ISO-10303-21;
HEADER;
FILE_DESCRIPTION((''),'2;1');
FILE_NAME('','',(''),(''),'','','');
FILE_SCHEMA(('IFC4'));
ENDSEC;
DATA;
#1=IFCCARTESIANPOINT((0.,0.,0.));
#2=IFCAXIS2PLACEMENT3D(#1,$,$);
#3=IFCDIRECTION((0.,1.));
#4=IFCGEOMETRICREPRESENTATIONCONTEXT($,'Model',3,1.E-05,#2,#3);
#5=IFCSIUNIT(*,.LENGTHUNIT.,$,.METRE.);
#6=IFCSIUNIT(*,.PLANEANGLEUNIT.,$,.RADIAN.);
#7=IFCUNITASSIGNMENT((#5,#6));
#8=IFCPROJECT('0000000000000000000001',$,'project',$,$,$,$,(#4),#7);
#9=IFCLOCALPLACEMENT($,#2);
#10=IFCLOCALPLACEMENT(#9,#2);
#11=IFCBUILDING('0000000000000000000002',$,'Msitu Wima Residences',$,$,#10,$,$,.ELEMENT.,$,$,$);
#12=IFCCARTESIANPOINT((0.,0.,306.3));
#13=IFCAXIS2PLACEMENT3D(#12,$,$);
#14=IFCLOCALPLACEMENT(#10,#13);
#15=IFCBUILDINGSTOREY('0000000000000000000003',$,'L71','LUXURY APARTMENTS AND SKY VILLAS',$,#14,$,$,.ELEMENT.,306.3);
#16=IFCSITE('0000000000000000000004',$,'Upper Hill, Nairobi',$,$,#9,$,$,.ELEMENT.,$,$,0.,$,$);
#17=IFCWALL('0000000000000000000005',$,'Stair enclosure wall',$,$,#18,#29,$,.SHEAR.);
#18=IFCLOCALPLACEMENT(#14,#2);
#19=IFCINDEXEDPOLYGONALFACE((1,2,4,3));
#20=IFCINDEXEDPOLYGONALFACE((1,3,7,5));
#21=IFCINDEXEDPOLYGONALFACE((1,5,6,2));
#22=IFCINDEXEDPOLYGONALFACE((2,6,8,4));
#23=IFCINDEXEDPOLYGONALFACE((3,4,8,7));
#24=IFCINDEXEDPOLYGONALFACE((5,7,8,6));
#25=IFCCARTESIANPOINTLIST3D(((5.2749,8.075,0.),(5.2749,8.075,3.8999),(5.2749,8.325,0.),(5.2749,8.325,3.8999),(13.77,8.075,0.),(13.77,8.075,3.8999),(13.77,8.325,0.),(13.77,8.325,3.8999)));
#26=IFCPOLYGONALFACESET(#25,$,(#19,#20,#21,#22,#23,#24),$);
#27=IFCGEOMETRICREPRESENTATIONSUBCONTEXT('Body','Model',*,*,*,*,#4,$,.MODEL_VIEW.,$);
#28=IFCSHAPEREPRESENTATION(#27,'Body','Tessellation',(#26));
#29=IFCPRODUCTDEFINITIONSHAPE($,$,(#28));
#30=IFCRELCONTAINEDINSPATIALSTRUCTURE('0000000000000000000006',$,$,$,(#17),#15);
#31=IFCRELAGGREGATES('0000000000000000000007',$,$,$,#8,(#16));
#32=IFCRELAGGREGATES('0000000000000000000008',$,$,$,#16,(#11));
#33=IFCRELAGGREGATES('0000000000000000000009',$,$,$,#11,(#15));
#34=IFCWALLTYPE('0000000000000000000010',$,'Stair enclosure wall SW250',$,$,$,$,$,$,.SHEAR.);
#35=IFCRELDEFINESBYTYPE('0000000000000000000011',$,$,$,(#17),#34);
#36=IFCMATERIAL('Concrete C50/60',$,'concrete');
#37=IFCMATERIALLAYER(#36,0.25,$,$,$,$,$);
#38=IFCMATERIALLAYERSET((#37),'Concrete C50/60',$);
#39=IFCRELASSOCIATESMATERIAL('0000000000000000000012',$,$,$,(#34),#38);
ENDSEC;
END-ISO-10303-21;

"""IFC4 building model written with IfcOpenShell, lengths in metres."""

from ifc_helpers import new_model, si_unit, direction, frame, frame_2d, origin, place, context, subcontext, project, spatial, rectangle, extrude, material, layer, layer_set, type_object, element, save


model = new_model("IFC4")

# Units and contexts
model_context = context("Model", 3, precision=1e-05, world=origin(), true_north=direction((0.0, 1.0)))
body_context = subcontext(model_context, "Body", "Model", "MODEL_VIEW")
ifc_project = project(units=[si_unit("LENGTHUNIT", "METRE"), si_unit("PLANEANGLEUNIT", "RADIAN")], contexts=[model_context])

# Site, building, storey
site_placement = place(None, origin())
site = spatial("IfcSite", under=ifc_project, at=site_placement, Name="Upper Hill, Nairobi", CompositionType="ELEMENT", RefElevation=0.0)
building_placement = place(site_placement, origin())
building = spatial("IfcBuilding", under=site, at=building_placement, Name="Msitu Wima Residences", CompositionType="ELEMENT")
storey_placement = place(building_placement, frame((0.0, 0.0, 306.3)))
storey = spatial("IfcBuildingStorey", under=building, at=storey_placement, Name="L71", Description="LUXURY APARTMENTS AND SKY VILLAS", CompositionType="ELEMENT", Elevation=306.3)

# Wall
ifc_material_1 = material(Name="Concrete C50/60", Category="concrete")
ifc_layer_1 = layer(ifc_material_1, 0.25)
ifc_layer_set_1 = layer_set([ifc_layer_1], Name="Concrete C50/60")
wall_type_1 = type_object("IfcWallType", Name="Stair enclosure wall SW250", PredefinedType="SHEAR", material=ifc_layer_set_1)
wall_1_placement = place(storey_placement, frame((5.2749, 8.2, 0.0), z_axis=(0.0, 0.0, 1.0), x_axis=(1.0, 0.0, 0.0)))
element("IfcWall", 1, at=wall_1_placement, inside=storey, type_object=wall_type_1, Name="Stair enclosure wall", PredefinedType="SHEAR", context=body_context, shape_type="SweptSolid", body=[
    extrude(rectangle(XDim=8.4951, YDim=0.25, at=frame_2d((4.2476, 0.0))), origin(), (0.0, 0.0, 1.0), 3.8999),
])

save(model, "model.ifc")
